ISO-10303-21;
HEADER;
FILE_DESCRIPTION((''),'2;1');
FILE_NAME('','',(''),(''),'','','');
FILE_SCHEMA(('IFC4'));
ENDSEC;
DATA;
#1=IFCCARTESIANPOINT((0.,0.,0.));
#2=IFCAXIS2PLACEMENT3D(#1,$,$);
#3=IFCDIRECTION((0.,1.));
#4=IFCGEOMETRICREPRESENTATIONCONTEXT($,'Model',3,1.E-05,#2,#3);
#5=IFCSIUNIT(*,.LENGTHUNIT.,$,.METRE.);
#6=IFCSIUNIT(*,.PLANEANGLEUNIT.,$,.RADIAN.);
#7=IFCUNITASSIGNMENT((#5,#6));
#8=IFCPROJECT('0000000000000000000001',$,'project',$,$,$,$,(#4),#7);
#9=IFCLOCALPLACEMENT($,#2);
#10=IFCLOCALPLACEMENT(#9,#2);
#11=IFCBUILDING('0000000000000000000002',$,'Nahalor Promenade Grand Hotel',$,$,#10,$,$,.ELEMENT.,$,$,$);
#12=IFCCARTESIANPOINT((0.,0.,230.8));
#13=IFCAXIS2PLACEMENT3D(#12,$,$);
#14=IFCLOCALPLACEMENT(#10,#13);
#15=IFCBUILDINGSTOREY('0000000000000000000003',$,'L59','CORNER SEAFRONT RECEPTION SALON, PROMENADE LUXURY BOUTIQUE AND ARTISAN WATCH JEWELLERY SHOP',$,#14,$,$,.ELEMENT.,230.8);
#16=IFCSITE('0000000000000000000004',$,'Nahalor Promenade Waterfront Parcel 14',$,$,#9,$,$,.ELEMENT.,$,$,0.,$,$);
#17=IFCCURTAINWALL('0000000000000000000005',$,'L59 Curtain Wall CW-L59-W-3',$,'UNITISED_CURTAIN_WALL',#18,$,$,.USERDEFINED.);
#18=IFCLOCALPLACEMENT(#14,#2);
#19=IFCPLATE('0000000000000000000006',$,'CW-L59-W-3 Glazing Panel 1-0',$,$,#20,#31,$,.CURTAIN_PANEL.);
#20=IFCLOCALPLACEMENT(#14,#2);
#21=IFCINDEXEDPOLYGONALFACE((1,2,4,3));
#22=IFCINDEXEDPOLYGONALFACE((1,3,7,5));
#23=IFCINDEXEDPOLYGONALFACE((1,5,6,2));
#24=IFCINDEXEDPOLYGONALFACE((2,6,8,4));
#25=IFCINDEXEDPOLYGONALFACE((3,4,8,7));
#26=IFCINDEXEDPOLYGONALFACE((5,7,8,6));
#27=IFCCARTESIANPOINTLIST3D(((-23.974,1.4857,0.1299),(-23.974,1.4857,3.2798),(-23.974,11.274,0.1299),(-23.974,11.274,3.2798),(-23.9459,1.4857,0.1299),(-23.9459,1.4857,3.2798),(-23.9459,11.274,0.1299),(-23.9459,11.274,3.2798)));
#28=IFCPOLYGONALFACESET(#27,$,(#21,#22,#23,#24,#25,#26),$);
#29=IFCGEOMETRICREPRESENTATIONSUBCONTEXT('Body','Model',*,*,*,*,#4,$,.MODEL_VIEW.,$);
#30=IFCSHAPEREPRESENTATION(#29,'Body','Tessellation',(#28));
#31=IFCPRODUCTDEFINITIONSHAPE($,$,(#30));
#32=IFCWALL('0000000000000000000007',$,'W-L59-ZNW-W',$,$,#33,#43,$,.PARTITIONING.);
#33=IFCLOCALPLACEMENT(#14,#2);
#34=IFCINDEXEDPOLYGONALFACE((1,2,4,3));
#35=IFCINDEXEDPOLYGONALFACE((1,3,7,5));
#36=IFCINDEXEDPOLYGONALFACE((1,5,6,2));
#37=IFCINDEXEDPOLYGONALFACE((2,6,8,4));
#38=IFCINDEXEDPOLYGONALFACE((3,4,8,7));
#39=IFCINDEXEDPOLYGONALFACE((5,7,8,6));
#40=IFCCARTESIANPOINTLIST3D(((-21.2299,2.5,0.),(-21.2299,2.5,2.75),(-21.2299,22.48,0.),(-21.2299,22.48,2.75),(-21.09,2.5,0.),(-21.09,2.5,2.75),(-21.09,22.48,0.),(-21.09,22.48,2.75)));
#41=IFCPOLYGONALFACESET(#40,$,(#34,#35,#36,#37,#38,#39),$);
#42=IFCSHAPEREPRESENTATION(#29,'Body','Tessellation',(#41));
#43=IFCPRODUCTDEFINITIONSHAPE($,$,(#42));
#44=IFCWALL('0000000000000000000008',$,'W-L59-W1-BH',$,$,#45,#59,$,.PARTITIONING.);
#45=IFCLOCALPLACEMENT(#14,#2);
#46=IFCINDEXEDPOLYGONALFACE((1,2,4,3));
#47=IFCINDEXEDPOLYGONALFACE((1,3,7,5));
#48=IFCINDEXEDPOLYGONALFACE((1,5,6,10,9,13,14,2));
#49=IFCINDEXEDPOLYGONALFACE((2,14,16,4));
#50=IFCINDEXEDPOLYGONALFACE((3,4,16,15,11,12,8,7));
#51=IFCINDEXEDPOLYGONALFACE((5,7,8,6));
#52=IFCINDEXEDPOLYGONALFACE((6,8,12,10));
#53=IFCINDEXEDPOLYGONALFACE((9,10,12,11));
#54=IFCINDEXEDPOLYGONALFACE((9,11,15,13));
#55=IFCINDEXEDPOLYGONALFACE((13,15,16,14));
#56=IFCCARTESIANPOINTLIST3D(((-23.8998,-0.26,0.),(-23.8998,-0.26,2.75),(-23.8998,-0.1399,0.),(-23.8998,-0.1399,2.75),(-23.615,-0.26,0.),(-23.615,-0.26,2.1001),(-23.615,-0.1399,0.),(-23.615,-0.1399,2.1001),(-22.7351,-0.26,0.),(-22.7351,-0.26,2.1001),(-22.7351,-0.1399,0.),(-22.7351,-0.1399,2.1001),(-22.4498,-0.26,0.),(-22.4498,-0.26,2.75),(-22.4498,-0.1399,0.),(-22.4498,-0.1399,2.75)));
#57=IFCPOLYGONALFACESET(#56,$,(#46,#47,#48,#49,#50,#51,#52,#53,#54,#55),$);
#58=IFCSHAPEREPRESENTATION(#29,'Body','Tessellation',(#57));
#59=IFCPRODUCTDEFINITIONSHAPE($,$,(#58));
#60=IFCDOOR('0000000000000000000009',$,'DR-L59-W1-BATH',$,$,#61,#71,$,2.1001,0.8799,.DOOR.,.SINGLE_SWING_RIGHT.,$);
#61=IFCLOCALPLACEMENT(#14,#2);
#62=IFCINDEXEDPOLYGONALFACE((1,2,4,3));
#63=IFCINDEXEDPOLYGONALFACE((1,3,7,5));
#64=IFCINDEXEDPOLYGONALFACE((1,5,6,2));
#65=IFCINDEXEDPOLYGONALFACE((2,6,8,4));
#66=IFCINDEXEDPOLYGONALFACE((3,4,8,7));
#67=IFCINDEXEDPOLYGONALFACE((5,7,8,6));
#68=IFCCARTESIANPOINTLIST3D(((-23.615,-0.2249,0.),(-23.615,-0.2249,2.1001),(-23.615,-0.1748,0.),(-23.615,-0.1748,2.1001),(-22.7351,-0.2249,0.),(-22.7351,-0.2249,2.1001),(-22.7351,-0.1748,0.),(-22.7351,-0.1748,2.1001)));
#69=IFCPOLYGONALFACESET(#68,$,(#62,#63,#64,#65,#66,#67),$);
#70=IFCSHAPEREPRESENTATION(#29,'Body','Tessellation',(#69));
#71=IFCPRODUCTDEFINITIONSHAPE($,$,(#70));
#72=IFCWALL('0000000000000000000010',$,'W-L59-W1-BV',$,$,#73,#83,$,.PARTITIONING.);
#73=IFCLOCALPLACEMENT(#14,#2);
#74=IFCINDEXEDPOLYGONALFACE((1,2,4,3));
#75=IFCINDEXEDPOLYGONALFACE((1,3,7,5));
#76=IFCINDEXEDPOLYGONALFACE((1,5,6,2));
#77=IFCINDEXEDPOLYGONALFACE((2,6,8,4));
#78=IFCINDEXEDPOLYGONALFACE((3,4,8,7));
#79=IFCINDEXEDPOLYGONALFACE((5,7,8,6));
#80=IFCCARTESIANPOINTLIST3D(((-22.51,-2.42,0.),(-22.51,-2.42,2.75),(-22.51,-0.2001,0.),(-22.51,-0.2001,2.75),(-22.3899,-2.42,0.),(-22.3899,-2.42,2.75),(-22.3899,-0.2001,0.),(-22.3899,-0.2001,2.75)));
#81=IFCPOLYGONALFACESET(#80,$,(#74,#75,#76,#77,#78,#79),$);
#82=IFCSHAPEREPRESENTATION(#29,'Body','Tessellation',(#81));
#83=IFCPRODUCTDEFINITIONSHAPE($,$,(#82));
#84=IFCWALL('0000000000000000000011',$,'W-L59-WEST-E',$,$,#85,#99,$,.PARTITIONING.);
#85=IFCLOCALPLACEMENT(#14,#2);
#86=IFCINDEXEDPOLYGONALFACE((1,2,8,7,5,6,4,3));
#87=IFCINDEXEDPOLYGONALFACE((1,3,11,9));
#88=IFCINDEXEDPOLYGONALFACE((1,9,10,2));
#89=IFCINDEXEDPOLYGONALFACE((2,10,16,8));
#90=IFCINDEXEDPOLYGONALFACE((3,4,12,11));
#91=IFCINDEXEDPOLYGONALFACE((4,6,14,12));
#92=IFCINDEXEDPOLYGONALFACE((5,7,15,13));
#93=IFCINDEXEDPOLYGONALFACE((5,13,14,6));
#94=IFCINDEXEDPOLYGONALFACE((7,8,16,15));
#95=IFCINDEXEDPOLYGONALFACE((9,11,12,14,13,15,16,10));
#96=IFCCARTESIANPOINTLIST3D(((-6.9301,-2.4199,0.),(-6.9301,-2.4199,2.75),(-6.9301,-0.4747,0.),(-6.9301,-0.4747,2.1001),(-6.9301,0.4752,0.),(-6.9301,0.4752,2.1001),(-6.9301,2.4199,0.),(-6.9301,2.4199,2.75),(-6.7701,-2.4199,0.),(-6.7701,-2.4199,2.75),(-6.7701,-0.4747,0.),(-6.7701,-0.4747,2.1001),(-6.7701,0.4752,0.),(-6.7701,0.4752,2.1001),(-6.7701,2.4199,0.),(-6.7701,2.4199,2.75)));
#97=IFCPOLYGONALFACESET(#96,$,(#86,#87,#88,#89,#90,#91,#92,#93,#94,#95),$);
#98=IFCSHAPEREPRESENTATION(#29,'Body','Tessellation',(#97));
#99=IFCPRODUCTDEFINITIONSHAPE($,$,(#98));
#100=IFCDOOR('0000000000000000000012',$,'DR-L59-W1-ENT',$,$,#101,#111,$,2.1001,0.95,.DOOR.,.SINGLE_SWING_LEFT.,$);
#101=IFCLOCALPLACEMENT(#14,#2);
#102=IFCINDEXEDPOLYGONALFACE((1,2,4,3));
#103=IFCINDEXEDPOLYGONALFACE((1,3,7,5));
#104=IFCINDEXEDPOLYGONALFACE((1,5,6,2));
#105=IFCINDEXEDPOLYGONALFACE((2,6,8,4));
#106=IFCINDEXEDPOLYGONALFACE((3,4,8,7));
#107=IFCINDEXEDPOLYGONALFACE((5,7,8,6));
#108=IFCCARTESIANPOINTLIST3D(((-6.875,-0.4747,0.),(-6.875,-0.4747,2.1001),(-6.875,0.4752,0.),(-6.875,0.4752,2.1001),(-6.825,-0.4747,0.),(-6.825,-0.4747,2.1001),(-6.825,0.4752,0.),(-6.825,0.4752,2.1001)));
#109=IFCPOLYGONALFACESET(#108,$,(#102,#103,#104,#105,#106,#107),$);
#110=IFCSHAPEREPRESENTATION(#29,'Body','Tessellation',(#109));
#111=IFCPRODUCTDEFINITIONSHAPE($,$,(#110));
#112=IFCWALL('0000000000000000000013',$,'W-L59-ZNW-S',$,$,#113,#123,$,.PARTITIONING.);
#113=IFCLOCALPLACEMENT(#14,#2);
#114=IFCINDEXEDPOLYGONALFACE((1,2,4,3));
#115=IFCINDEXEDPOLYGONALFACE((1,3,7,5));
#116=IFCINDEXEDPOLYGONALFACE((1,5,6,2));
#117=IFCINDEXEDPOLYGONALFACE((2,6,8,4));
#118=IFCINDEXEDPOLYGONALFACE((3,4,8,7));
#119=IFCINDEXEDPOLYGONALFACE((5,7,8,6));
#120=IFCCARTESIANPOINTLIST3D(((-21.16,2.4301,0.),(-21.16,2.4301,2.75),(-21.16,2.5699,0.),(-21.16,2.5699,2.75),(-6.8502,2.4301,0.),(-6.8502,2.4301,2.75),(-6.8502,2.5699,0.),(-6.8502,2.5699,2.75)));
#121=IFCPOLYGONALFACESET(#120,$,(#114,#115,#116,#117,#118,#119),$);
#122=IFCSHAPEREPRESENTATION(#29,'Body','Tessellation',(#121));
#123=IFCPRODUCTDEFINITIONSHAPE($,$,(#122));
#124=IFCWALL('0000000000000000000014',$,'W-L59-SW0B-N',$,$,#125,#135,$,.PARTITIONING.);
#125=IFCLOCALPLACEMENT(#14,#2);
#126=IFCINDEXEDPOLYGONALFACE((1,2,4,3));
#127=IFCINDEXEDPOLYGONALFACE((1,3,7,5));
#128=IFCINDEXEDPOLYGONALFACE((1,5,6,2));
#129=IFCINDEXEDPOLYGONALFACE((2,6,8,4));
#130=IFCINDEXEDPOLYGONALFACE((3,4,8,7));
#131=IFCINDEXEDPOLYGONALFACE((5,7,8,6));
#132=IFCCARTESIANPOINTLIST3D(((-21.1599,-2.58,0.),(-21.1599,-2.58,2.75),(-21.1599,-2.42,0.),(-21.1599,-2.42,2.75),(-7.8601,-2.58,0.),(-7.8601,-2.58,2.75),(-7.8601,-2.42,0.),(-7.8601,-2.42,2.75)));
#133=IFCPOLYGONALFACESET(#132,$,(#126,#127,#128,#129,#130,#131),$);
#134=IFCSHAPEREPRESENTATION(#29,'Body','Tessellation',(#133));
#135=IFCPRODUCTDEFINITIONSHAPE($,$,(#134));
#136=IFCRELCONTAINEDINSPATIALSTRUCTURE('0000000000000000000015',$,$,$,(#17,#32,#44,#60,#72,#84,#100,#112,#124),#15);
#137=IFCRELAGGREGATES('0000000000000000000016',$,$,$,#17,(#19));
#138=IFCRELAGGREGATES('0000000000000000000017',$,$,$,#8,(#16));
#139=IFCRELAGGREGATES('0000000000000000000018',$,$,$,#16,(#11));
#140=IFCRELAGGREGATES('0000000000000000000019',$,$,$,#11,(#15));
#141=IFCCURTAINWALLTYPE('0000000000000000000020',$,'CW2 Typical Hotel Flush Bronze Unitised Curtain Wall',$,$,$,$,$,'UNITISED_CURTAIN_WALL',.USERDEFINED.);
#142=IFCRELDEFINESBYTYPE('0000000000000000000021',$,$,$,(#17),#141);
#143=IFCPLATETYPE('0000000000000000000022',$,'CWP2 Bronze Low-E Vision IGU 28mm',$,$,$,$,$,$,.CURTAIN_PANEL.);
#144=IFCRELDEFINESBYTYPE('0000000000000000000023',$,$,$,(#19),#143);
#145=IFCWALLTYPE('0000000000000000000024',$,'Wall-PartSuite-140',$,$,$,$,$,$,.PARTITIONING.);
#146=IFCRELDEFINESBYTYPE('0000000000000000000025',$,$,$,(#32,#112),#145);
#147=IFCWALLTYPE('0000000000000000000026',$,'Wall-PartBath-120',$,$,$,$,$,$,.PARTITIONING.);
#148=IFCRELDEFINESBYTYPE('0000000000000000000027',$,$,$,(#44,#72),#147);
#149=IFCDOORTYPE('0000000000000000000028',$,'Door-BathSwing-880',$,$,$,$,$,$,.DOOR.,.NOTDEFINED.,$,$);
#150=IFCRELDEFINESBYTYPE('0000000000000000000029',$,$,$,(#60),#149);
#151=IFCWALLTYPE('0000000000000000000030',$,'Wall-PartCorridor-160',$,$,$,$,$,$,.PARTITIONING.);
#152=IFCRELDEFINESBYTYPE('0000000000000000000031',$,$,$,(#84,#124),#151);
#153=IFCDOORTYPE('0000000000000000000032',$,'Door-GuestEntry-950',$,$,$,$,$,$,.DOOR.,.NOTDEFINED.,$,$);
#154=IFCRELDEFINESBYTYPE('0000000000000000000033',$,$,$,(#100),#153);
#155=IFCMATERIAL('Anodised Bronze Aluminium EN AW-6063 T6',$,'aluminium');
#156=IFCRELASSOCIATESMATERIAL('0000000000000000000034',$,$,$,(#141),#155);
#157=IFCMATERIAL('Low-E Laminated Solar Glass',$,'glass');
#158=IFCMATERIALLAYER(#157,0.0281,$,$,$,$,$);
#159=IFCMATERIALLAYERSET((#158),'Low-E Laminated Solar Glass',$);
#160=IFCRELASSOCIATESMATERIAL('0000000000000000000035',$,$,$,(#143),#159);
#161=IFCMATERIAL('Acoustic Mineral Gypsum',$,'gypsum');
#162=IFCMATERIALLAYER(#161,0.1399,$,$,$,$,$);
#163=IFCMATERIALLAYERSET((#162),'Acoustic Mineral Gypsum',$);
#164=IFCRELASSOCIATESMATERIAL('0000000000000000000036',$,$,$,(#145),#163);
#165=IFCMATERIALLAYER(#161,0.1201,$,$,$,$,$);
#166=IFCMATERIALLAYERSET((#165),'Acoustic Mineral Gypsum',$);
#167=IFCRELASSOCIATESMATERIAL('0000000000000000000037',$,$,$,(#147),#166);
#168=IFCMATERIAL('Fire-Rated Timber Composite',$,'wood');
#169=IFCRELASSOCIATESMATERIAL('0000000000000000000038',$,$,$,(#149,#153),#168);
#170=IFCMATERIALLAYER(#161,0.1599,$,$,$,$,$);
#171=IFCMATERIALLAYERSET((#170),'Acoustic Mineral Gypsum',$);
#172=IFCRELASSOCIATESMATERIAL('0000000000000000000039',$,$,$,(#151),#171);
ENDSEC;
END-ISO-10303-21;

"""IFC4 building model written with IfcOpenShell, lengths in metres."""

from ifc_helpers import new_model, si_unit, direction, frame, frame_2d, origin, origin_2d, place, context, subcontext, project, spatial, rectangle, extrude, source, transform, mapped, material, layer, layer_set, type_object, element, fill, aggregate, save


model = new_model("IFC4")

# Units and contexts
model_context = context("Model", 3, precision=1e-05, world=origin(), true_north=direction((0.0, 1.0)))
body_context = subcontext(model_context, "Body", "Model", "MODEL_VIEW")
ifc_project = project(units=[si_unit("LENGTHUNIT", "METRE"), si_unit("PLANEANGLEUNIT", "RADIAN")], contexts=[model_context])

# Site, building, storey
site_placement = place(None, origin())
site = spatial("IfcSite", under=ifc_project, at=site_placement, Name="Nahalor Promenade Waterfront Parcel 14", CompositionType="ELEMENT", RefElevation=0.0)
building_placement = place(site_placement, origin())
building = spatial("IfcBuilding", under=site, at=building_placement, Name="Nahalor Promenade Grand Hotel", CompositionType="ELEMENT")
storey_placement = place(building_placement, frame((0.0, 0.0, 230.8)))
storey = spatial("IfcBuildingStorey", under=building, at=storey_placement, Name="L59", Description="CORNER SEAFRONT RECEPTION SALON, PROMENADE LUXURY BOUTIQUE AND ARTISAN WATCH JEWELLERY SHOP", CompositionType="ELEMENT", Elevation=230.8)

# Curtain wall, plate
ifc_material_1 = material(Name="Anodised Bronze Aluminium EN AW-6063 T6", Category="aluminium")
curtain_wall_type = type_object("IfcCurtainWallType", Name="CW2 Typical Hotel Flush Bronze Unitised Curtain Wall", ElementType="UNITISED_CURTAIN_WALL", PredefinedType="USERDEFINED", material=ifc_material_1)
curtain_wall_placement = place(storey_placement, origin())
curtain_wall = element("IfcCurtainWall", 1, at=curtain_wall_placement, inside=storey, type_object=curtain_wall_type, Name="L59 Curtain Wall CW-L59-W-3", ObjectType="UNITISED_CURTAIN_WALL", PredefinedType="USERDEFINED")
ifc_material_2 = material(Name="Low-E Laminated Solar Glass", Category="glass")
ifc_layer_1 = layer(ifc_material_2, 0.0281)
ifc_layer_set_1 = layer_set([ifc_layer_1], Name="Low-E Laminated Solar Glass")
plate_type = type_object("IfcPlateType", Name="CWP2 Bronze Low-E Vision IGU 28mm", PredefinedType="CURTAIN_PANEL", material=ifc_layer_set_1)
shared_shape_1 = source(origin(), body_context, "Body", "SweptSolid", [
    extrude(rectangle(XDim=9.7883, YDim=0.0281, at=origin_2d()), origin(), (0.0, 0.0, 1.0), 3.1499),
])
plate_1_placement = place(storey_placement, frame((-23.96, 6.3799, 0.1299), z_axis=(0.0, 0.0, 1.0), x_axis=(0.0, 1.0, 0.0)))
plate_1 = element("IfcPlate", 2, at=plate_1_placement, type_object=plate_type, Name="CW-L59-W-3 Glazing Panel 1-0", PredefinedType="CURTAIN_PANEL", context=body_context, shape_type="MappedRepresentation", body=[
    mapped(shared_shape_1, transform((0.0, 0.0, 0.0), scale=1.0)),
])
aggregate(curtain_wall, [plate_1])

# Wall
ifc_material_3 = material(Name="Acoustic Mineral Gypsum", Category="gypsum")
ifc_layer_2 = layer(ifc_material_3, 0.1399)
ifc_layer_set_2 = layer_set([ifc_layer_2], Name="Acoustic Mineral Gypsum")
wall_type_1 = type_object("IfcWallType", Name="Wall-PartSuite-140", PredefinedType="PARTITIONING", material=ifc_layer_set_2)
shared_shape_2 = source(origin(), body_context, "Body", "SweptSolid", [
    extrude(rectangle(XDim=19.98, YDim=0.1399, at=frame_2d((9.99, 0.0))), origin(), (0.0, 0.0, 1.0), 2.75),
])
wall_1_placement = place(storey_placement, frame((-21.1599, 2.5, 0.0), z_axis=(0.0, 0.0, 1.0), x_axis=(0.0, 1.0, 0.0)))
element("IfcWall", 3, at=wall_1_placement, inside=storey, type_object=wall_type_1, Name="W-L59-ZNW-W", PredefinedType="PARTITIONING", context=body_context, shape_type="MappedRepresentation", body=[
    mapped(shared_shape_2, transform((0.0, 0.0, 0.0), scale=1.0)),
])

# Wall, opening, door
ifc_layer_3 = layer(ifc_material_3, 0.1201)
ifc_layer_set_3 = layer_set([ifc_layer_3], Name="Acoustic Mineral Gypsum")
wall_type_2 = type_object("IfcWallType", Name="Wall-PartBath-120", PredefinedType="PARTITIONING", material=ifc_layer_set_3)
shared_shape_3 = source(origin(), body_context, "Body", "SweptSolid", [
    extrude(rectangle(XDim=1.45, YDim=0.1201, at=frame_2d((0.7251, 0.0))), origin(), (0.0, 0.0, 1.0), 2.75),
])
wall_2_placement = place(storey_placement, frame((-23.8999, -0.2, 0.0), z_axis=(0.0, 0.0, 1.0), x_axis=(1.0, 0.0, 0.0)))
wall_2 = element("IfcWall", 4, at=wall_2_placement, inside=storey, type_object=wall_type_2, Name="W-L59-W1-BH", PredefinedType="PARTITIONING", context=body_context, shape_type="MappedRepresentation", body=[
    mapped(shared_shape_3, transform((0.0, 0.0, 0.0), scale=1.0)),
])
opening_1_placement = place(wall_2_placement, frame((0.2849, 0.0, 0.0)))
opening_1 = element("IfcOpeningElement", 5, at=opening_1_placement, cuts=wall_2, PredefinedType="OPENING", context=body_context, shape_type="SweptSolid", body=[
    extrude(rectangle(XDim=0.8799, YDim=2.1001, at=frame_2d((0.4399, 1.05))), frame((0.0, 0.0701, 0.0), z_axis=(0.0, -1.0, 0.0), x_axis=(1.0, 0.0, 0.0)), (0.0, 0.0, 1.0), 0.1401),
])
ifc_material_4 = material(Name="Fire-Rated Timber Composite", Category="wood")
door_type_1 = type_object("IfcDoorType", Name="Door-BathSwing-880", OperationType="NOTDEFINED", PredefinedType="DOOR", material=ifc_material_4)
shared_shape_4 = source(origin(), body_context, "Body", "SweptSolid", [
    extrude(rectangle(XDim=0.8799, YDim=2.1001, at=frame_2d((0.4399, 1.05))), frame((0.0, 0.0249, 0.0), z_axis=(0.0, -1.0, 0.0), x_axis=(1.0, 0.0, 0.0)), (0.0, 0.0, 1.0), 0.05),
])
door_1_placement = place(opening_1_placement, frame((0.8799, 0.0, 0.0), z_axis=(0.0, 0.0, 1.0), x_axis=(-1.0, 0.0, 0.0)))
door_1 = element("IfcDoor", 6, at=door_1_placement, inside=storey, type_object=door_type_1, Name="DR-L59-W1-BATH", OperationType="SINGLE_SWING_RIGHT", OverallHeight=2.1001, OverallWidth=0.8799, PredefinedType="DOOR", context=body_context, shape_type="MappedRepresentation", body=[
    mapped(shared_shape_4, transform((0.0, 0.0, 0.0), scale=1.0)),
])
fill(opening_1, door_1)

# Wall
shared_shape_5 = source(origin(), body_context, "Body", "SweptSolid", [
    extrude(rectangle(XDim=2.22, YDim=0.1201, at=frame_2d((1.1099, 0.0))), origin(), (0.0, 0.0, 1.0), 2.75),
])
wall_3_placement = place(storey_placement, frame((-22.45, -2.4199, 0.0), z_axis=(0.0, 0.0, 1.0), x_axis=(0.0, 1.0, 0.0)))
element("IfcWall", 7, at=wall_3_placement, inside=storey, type_object=wall_type_2, Name="W-L59-W1-BV", PredefinedType="PARTITIONING", context=body_context, shape_type="MappedRepresentation", body=[
    mapped(shared_shape_5, transform((0.0, 0.0, 0.0), scale=1.0)),
])

# Wall, opening, door
ifc_layer_4 = layer(ifc_material_3, 0.1599)
ifc_layer_set_4 = layer_set([ifc_layer_4], Name="Acoustic Mineral Gypsum")
wall_type_3 = type_object("IfcWallType", Name="Wall-PartCorridor-160", PredefinedType="PARTITIONING", material=ifc_layer_set_4)
shared_shape_6 = source(origin(), body_context, "Body", "SweptSolid", [
    extrude(rectangle(XDim=4.8398, YDim=0.1599, at=frame_2d((2.4199, 0.0))), origin(), (0.0, 0.0, 1.0), 2.75),
])
wall_4_placement = place(storey_placement, frame((-6.8501, -2.4199, 0.0), z_axis=(0.0, 0.0, 1.0), x_axis=(0.0, 1.0, 0.0)))
wall_4 = element("IfcWall", 8, at=wall_4_placement, inside=storey, type_object=wall_type_3, Name="W-L59-WEST-E", PredefinedType="PARTITIONING", context=body_context, shape_type="MappedRepresentation", body=[
    mapped(shared_shape_6, transform((0.0, 0.0, 0.0), scale=1.0)),
])
opening_2_placement = place(wall_4_placement, frame((1.9451, 0.0, 0.0)))
opening_2 = element("IfcOpeningElement", 9, at=opening_2_placement, cuts=wall_4, PredefinedType="OPENING", context=body_context, shape_type="SweptSolid", body=[
    extrude(rectangle(XDim=0.95, YDim=2.1001, at=frame_2d((0.4751, 1.05))), frame((0.0, 0.0898, 0.0), z_axis=(0.0, -1.0, 0.0), x_axis=(1.0, 0.0, 0.0)), (0.0, 0.0, 1.0), 0.1799),
])
door_type_2 = type_object("IfcDoorType", Name="Door-GuestEntry-950", OperationType="NOTDEFINED", PredefinedType="DOOR", material=ifc_material_4)
shared_shape_7 = source(origin(), body_context, "Body", "SweptSolid", [
    extrude(rectangle(XDim=0.95, YDim=2.1001, at=frame_2d((0.4751, 1.05))), frame((0.0, 0.0249, 0.0), z_axis=(0.0, -1.0, 0.0), x_axis=(1.0, 0.0, 0.0)), (0.0, 0.0, 1.0), 0.05),
])
door_2_placement = place(opening_2_placement, origin())
door_2 = element("IfcDoor", 10, at=door_2_placement, inside=storey, type_object=door_type_2, Name="DR-L59-W1-ENT", OperationType="SINGLE_SWING_LEFT", OverallHeight=2.1001, OverallWidth=0.95, PredefinedType="DOOR", context=body_context, shape_type="MappedRepresentation", body=[
    mapped(shared_shape_7, transform((0.0, 0.0, 0.0), scale=1.0)),
])
fill(opening_2, door_2)

# Walls
shared_shape_8 = source(origin(), body_context, "Body", "SweptSolid", [
    extrude(rectangle(XDim=14.3098, YDim=0.1399, at=frame_2d((7.1548, 0.0))), origin(), (0.0, 0.0, 1.0), 2.75),
])
wall_5_placement = place(storey_placement, frame((-21.1599, 2.5, 0.0), z_axis=(0.0, 0.0, 1.0), x_axis=(1.0, 0.0, 0.0)))
element("IfcWall", 11, at=wall_5_placement, inside=storey, type_object=wall_type_1, Name="W-L59-ZNW-S", PredefinedType="PARTITIONING", context=body_context, shape_type="MappedRepresentation", body=[
    mapped(shared_shape_8, transform((0.0, 0.0, 0.0), scale=1.0)),
])
shared_shape_9 = source(origin(), body_context, "Body", "SweptSolid", [
    extrude(rectangle(XDim=13.2998, YDim=0.1599, at=frame_2d((6.6499, 0.0))), origin(), (0.0, 0.0, 1.0), 2.75),
])
wall_6_placement = place(storey_placement, frame((-21.1599, -2.5, 0.0), z_axis=(0.0, 0.0, 1.0), x_axis=(1.0, 0.0, 0.0)))
element("IfcWall", 12, at=wall_6_placement, inside=storey, type_object=wall_type_3, Name="W-L59-SW0B-N", PredefinedType="PARTITIONING", context=body_context, shape_type="MappedRepresentation", body=[
    mapped(shared_shape_9, transform((0.0, 0.0, 0.0), scale=1.0)),
])

save(model, "model.ifc")
